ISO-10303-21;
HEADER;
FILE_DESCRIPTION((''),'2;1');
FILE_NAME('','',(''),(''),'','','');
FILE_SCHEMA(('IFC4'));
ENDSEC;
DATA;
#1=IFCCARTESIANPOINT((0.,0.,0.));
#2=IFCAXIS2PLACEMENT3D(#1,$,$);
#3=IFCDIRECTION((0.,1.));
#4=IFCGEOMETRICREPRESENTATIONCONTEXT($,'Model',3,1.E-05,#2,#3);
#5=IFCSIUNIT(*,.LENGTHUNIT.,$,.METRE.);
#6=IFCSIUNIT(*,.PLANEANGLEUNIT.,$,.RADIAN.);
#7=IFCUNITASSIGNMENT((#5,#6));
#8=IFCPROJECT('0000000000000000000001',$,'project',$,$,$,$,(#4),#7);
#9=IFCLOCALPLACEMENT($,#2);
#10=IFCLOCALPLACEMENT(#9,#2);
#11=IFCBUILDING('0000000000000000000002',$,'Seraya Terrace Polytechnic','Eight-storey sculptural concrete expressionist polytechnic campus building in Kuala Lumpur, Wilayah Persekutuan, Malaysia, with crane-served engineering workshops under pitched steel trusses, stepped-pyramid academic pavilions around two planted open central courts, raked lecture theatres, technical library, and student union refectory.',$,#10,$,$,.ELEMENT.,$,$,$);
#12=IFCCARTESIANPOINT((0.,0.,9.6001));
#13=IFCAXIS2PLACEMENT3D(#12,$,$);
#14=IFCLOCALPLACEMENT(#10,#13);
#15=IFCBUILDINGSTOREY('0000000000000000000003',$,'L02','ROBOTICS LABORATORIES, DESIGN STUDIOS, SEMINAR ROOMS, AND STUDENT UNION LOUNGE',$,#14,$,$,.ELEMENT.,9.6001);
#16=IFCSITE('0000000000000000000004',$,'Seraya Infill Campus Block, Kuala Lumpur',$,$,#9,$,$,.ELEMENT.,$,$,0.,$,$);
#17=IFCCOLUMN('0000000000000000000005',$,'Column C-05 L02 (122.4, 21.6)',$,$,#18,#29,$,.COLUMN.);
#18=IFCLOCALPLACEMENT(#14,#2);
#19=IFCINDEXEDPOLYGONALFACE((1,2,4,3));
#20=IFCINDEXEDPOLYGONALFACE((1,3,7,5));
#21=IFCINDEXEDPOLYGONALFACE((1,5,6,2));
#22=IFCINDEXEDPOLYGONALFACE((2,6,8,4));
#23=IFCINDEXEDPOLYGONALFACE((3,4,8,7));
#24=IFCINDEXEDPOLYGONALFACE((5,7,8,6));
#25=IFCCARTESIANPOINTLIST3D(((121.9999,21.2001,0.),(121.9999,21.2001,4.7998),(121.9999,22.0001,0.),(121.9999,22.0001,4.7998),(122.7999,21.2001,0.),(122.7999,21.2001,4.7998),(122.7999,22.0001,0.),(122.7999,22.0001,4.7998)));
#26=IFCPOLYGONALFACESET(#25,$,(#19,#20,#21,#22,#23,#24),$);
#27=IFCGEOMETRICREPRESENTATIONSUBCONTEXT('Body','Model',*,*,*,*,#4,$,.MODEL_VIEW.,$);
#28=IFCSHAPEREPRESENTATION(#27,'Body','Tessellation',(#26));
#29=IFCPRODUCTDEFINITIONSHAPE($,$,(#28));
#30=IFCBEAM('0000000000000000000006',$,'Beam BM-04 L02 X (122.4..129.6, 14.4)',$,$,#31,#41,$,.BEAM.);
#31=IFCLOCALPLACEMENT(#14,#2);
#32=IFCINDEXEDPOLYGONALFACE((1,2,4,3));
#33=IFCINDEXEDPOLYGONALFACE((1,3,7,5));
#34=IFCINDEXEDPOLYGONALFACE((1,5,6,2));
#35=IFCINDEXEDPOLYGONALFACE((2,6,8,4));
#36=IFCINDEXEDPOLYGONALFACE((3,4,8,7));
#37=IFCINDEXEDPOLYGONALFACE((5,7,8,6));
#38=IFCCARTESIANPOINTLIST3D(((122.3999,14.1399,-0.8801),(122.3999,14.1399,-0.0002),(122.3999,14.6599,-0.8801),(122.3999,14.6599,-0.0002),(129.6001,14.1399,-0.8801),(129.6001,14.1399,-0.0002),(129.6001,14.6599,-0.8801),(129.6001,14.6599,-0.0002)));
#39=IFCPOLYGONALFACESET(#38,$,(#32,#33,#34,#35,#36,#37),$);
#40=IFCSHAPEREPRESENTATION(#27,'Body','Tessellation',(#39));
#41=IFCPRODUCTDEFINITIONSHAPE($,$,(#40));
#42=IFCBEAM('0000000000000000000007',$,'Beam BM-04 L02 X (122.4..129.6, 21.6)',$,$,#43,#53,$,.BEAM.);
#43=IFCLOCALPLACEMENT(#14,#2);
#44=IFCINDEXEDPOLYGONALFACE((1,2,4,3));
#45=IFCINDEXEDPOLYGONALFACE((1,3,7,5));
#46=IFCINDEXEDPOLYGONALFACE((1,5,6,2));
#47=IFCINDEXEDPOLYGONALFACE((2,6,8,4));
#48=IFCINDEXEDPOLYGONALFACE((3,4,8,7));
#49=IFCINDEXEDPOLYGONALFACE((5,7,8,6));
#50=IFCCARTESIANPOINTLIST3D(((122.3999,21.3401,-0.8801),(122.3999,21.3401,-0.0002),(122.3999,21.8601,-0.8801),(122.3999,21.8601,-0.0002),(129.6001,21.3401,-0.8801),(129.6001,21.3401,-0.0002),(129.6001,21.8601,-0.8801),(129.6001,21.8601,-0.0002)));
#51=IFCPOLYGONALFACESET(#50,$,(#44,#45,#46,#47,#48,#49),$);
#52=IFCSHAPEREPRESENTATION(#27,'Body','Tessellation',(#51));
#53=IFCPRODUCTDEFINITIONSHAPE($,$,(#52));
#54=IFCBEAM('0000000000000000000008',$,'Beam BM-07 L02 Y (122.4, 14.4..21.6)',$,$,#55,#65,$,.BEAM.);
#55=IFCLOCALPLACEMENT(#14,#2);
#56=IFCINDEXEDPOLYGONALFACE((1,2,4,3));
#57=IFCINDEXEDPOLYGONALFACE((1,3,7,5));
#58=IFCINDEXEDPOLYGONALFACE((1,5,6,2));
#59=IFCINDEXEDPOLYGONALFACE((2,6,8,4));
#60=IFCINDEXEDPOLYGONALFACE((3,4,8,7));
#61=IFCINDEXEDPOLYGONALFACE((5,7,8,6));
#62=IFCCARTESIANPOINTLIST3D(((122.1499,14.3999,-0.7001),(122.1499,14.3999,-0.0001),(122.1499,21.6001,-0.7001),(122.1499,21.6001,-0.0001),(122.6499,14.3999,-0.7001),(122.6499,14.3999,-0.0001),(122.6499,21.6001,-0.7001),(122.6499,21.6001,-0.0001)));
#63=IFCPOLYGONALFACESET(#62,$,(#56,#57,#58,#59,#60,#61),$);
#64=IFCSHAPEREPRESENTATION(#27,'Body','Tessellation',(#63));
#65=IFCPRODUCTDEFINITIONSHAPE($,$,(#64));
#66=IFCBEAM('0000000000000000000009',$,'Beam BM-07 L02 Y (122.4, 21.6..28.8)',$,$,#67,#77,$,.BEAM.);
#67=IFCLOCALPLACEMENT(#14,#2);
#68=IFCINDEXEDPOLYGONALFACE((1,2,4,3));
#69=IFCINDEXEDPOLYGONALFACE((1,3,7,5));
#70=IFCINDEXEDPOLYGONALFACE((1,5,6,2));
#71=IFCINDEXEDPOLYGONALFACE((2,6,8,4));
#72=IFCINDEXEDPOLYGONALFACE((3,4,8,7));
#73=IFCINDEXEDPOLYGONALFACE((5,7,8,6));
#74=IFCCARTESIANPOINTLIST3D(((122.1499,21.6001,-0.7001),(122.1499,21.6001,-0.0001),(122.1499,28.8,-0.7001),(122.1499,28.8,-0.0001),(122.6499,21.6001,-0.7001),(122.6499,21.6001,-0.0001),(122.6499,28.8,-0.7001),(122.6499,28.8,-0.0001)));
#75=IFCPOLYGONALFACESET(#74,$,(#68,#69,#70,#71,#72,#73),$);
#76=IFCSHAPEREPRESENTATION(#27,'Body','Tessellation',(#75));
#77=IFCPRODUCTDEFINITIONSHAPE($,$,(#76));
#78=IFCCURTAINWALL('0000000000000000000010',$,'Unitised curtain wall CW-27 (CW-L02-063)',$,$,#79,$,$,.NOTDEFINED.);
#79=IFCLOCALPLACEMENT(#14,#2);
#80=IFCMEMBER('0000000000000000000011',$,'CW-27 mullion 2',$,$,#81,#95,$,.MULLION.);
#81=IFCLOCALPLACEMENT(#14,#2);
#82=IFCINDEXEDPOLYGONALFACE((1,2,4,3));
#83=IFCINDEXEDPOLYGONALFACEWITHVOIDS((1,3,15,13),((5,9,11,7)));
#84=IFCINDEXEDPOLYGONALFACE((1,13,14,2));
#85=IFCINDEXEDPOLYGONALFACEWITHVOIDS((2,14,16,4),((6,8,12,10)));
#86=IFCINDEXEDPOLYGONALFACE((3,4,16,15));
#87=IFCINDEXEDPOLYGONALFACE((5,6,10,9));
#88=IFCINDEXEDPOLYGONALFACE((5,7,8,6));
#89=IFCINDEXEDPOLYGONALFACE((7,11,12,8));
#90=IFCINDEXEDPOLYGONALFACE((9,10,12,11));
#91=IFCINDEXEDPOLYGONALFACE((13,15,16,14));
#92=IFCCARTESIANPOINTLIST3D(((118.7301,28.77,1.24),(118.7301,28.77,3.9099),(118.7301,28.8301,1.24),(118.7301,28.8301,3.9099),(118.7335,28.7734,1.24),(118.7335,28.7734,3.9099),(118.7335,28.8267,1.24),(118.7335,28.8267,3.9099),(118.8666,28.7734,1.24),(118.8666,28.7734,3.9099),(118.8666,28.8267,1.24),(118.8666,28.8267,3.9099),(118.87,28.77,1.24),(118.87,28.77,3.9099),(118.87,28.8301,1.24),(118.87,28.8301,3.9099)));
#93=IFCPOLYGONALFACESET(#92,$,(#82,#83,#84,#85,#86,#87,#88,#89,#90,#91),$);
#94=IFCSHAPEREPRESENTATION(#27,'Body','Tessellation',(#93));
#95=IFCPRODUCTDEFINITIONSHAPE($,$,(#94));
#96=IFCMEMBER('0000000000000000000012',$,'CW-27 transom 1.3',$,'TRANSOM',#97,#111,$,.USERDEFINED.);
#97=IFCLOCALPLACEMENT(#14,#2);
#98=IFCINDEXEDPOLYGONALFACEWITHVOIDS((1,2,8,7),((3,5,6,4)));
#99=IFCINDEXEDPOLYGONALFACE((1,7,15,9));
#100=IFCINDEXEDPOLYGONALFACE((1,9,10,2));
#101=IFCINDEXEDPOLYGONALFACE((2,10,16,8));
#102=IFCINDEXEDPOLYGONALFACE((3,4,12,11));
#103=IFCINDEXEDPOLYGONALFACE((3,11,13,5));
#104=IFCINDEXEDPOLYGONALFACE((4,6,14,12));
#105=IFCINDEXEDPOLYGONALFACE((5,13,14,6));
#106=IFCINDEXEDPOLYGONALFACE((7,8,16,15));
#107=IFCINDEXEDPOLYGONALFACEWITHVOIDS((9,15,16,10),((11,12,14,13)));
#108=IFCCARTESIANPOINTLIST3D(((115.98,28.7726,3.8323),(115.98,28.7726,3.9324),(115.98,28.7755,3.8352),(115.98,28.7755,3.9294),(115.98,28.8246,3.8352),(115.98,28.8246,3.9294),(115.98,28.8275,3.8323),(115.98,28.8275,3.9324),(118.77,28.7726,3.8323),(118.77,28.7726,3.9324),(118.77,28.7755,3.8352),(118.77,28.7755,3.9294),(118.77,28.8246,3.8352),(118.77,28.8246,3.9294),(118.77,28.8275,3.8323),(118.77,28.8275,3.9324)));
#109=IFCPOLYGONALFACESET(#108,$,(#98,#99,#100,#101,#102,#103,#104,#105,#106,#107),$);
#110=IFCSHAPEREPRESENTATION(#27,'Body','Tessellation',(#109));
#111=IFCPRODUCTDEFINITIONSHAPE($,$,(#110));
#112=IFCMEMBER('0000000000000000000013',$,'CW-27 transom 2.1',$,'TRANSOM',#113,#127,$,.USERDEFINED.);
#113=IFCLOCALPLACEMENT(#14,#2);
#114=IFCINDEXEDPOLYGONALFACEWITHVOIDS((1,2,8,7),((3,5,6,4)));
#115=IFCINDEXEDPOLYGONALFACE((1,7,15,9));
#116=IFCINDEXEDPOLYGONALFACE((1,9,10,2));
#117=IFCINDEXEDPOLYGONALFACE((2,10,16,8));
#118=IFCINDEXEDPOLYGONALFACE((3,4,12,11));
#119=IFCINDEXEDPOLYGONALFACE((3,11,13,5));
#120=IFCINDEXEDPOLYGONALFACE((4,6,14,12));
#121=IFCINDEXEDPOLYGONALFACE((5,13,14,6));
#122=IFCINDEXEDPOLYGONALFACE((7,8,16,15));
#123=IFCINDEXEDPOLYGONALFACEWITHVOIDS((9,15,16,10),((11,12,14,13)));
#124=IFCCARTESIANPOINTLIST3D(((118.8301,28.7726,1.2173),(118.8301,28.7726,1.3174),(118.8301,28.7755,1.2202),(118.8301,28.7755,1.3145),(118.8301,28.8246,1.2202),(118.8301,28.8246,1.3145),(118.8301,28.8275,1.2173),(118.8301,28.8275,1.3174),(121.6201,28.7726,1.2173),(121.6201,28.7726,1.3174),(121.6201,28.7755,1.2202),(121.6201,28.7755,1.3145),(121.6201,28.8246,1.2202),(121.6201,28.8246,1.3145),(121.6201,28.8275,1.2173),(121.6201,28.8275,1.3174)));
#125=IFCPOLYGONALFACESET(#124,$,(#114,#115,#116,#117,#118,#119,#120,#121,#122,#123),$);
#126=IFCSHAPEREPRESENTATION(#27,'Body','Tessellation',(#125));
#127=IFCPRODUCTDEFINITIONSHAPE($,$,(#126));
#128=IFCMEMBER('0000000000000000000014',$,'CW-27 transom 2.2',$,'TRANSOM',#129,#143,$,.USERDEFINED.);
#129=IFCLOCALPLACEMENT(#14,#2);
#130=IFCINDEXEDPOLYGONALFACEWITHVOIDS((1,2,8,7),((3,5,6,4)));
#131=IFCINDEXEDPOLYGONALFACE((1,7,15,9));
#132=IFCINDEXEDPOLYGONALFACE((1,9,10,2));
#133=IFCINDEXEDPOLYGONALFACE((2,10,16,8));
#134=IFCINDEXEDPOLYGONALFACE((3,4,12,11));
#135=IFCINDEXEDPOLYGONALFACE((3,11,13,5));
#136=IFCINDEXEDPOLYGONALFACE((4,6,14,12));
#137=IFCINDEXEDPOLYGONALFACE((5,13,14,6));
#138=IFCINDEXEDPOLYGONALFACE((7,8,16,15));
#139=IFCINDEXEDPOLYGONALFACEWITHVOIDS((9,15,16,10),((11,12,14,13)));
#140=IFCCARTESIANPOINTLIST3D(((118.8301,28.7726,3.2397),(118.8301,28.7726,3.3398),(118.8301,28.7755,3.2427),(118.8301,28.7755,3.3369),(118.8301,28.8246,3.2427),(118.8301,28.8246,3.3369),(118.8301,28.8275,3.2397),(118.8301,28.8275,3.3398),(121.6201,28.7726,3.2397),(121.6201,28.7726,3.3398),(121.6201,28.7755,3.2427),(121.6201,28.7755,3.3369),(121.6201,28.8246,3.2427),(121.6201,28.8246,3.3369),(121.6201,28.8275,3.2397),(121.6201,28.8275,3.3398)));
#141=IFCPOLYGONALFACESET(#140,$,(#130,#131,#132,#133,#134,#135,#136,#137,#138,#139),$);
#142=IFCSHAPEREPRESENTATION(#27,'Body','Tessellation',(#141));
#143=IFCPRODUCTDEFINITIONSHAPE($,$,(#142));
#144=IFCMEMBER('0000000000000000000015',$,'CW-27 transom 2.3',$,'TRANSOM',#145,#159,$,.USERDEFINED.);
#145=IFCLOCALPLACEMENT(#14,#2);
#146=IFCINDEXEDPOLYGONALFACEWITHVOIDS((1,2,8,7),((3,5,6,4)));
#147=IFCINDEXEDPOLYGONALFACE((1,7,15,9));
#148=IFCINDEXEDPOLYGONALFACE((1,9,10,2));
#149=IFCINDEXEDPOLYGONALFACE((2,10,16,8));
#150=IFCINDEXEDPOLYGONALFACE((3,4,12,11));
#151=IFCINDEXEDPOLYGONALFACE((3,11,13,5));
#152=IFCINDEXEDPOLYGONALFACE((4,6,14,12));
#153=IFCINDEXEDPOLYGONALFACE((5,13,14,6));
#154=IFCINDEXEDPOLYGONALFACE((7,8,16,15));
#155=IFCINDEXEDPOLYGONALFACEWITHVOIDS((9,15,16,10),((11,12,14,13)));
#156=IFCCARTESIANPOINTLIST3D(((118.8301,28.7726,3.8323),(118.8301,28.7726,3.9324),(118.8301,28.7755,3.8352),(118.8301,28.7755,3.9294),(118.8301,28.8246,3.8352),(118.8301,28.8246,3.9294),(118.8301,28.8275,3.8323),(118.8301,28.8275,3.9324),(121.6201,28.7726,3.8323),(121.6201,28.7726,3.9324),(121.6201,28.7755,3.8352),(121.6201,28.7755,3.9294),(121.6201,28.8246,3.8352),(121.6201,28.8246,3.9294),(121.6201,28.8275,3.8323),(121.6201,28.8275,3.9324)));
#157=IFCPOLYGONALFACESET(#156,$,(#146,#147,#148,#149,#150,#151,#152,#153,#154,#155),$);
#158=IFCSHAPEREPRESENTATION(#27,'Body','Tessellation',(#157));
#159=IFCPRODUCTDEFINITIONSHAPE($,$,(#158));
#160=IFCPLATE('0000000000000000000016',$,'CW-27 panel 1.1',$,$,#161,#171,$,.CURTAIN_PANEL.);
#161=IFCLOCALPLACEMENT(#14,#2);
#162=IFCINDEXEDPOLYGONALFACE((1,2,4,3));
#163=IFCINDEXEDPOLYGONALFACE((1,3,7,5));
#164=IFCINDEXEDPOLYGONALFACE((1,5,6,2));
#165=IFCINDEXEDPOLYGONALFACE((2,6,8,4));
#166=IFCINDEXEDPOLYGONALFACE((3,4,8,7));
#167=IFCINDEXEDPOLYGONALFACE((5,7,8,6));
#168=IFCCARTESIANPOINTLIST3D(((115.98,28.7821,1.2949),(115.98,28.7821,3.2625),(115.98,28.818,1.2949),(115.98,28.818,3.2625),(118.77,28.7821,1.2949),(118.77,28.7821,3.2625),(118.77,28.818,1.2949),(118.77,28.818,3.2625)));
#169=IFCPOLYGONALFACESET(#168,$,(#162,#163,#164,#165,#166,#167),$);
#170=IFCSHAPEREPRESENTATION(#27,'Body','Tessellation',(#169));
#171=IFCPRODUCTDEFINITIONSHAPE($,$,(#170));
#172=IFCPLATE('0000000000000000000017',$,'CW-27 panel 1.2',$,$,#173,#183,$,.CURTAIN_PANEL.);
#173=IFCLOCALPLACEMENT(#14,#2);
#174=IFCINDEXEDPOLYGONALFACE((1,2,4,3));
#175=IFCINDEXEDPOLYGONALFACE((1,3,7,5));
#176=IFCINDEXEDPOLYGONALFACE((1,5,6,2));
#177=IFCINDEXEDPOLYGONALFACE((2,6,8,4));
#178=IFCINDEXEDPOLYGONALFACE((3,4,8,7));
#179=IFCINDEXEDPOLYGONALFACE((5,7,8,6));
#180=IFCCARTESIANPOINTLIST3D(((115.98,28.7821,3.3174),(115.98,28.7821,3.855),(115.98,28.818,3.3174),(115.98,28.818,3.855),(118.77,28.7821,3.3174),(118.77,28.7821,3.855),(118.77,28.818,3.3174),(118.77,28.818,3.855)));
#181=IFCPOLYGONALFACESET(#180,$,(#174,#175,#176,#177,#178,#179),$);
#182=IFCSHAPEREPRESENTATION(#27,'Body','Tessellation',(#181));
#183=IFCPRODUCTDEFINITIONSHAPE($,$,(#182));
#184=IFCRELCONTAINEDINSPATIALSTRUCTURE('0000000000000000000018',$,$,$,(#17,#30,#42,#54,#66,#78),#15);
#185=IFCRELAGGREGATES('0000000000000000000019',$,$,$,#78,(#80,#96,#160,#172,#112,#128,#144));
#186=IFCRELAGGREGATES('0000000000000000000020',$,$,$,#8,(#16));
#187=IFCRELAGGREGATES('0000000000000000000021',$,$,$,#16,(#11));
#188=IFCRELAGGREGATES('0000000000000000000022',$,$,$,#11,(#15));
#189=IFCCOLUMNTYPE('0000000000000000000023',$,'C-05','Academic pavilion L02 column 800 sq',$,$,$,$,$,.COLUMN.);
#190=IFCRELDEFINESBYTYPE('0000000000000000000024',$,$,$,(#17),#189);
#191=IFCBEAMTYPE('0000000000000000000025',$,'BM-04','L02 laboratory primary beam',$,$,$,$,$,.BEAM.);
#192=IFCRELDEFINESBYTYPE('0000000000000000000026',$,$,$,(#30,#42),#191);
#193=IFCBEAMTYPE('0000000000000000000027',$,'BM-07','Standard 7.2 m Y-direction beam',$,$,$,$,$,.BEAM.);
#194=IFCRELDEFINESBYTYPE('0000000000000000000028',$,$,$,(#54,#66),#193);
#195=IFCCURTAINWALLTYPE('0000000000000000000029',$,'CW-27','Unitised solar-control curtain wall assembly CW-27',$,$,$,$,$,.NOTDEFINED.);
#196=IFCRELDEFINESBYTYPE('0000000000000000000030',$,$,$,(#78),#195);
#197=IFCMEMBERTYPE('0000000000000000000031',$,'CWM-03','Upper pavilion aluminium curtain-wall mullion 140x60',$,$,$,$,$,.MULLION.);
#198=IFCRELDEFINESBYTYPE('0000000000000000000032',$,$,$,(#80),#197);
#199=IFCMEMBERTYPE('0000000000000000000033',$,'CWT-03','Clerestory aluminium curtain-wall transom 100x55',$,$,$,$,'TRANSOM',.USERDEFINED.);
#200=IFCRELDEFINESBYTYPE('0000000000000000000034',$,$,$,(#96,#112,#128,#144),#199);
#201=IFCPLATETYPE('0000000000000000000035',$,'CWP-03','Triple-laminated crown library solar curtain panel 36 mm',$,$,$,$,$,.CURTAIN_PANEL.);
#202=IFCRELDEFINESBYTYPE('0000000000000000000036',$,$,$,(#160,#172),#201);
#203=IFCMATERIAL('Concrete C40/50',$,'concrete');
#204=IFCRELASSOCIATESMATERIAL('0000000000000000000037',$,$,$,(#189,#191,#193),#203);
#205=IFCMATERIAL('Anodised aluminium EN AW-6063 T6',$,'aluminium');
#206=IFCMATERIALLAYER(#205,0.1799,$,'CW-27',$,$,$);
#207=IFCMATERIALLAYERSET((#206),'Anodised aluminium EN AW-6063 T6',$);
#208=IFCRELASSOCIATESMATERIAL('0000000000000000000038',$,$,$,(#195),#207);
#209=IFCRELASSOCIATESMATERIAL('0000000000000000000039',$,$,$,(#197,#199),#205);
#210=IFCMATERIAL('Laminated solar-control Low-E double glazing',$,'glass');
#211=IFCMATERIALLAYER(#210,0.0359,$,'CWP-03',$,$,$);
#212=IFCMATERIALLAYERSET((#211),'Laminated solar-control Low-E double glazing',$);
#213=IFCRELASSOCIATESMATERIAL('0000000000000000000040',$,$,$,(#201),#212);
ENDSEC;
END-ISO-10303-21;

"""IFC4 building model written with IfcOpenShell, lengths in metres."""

from ifc_helpers import new_model, si_unit, direction, frame, origin, origin_2d, place, context, subcontext, project, spatial, rectangle, hollow_rectangle, extrude, material, layer, layer_set, material_profile, profile_set, type_object, element, aggregate, save


model = new_model("IFC4")

# Units and contexts
model_context = context("Model", 3, precision=1e-05, world=origin(), true_north=direction((0.0, 1.0)))
body_context = subcontext(model_context, "Body", "Model", "MODEL_VIEW")
ifc_project = project(units=[si_unit("LENGTHUNIT", "METRE"), si_unit("PLANEANGLEUNIT", "RADIAN")], contexts=[model_context])

# Site, building, storey
site_placement = place(None, origin())
site = spatial("IfcSite", under=ifc_project, at=site_placement, Name="Seraya Infill Campus Block, Kuala Lumpur", CompositionType="ELEMENT", RefElevation=0.0)
building_placement = place(site_placement, origin())
building = spatial("IfcBuilding", under=site, at=building_placement, Name="Seraya Terrace Polytechnic", Description="Eight-storey sculptural concrete expressionist polytechnic campus building in Kuala Lumpur, Wilayah Persekutuan, Malaysia, with crane-served engineering workshops under pitched steel trusses, stepped-pyramid academic pavilions around two planted open central courts, raked lecture theatres, technical library, and student union refectory.", CompositionType="ELEMENT")
storey_placement = place(building_placement, frame((0.0, 0.0, 9.6001)))
storey = spatial("IfcBuildingStorey", under=building, at=storey_placement, Name="L02", Description="ROBOTICS LABORATORIES, DESIGN STUDIOS, SEMINAR ROOMS, AND STUDENT UNION LOUNGE", CompositionType="ELEMENT", Elevation=9.6001)

# Column
ifc_material_1 = material(Name="Concrete C40/50", Category="concrete")
ifc_material_profile_1 = material_profile(ifc_material_1, rectangle(XDim=0.8, YDim=0.8, at=origin_2d()), Name="RC 800x800")
ifc_profile_set_1 = profile_set([ifc_material_profile_1], Name="Concrete C40/50")
column_type = type_object("IfcColumnType", Name="C-05", Description="Academic pavilion L02 column 800 sq", PredefinedType="COLUMN", material=ifc_profile_set_1)
column_placement = place(storey_placement, frame((122.3999, 21.6001, 0.0), z_axis=(0.0, 0.0, 1.0), x_axis=(1.0, 0.0, 0.0)))
element("IfcColumn", 1, at=column_placement, inside=storey, type_object=column_type, Name="Column C-05 L02 (122.4, 21.6)", PredefinedType="COLUMN", context=body_context, shape_type="SweptSolid", body=[
    extrude(rectangle(XDim=0.8, YDim=0.8, at=origin_2d()), origin(), (0.0, 0.0, 1.0), 4.7998),
])

# Beams
ifc_material_profile_2 = material_profile(ifc_material_1, rectangle(XDim=0.52, YDim=0.8799, at=origin_2d()), Name="RC 520x880")
ifc_profile_set_2 = profile_set([ifc_material_profile_2], Name="Concrete C40/50")
beam_type_1 = type_object("IfcBeamType", Name="BM-04", Description="L02 laboratory primary beam", PredefinedType="BEAM", material=ifc_profile_set_2)
for number, where, z_axis, x_axis, name in (
    (2, (122.3999, 14.3999, -0.4402), (1.0, 0.0, 0.0), (0.0, 1.0, 0.0), "Beam BM-04 L02 X (122.4..129.6, 14.4)"),
    (3, (122.3999, 21.6001, -0.4402), (1.0, 0.0, 0.0), (0.0, 1.0, 0.0), "Beam BM-04 L02 X (122.4..129.6, 21.6)"),
):
    element("IfcBeam", number, at=place(storey_placement, frame(where, z_axis=z_axis, x_axis=x_axis)), inside=storey, type_object=beam_type_1, Name=name, PredefinedType="BEAM", context=body_context, shape_type="SweptSolid", body=[
        extrude(rectangle(XDim=0.52, YDim=0.8799, at=origin_2d()), origin(), (0.0, 0.0, 1.0), 7.2002),
    ])
ifc_material_profile_3 = material_profile(ifc_material_1, rectangle(XDim=0.5, YDim=0.7, at=origin_2d()), Name="RC 500x700")
ifc_profile_set_3 = profile_set([ifc_material_profile_3], Name="Concrete C40/50")
beam_type_2 = type_object("IfcBeamType", Name="BM-07", Description="Standard 7.2 m Y-direction beam", PredefinedType="BEAM", material=ifc_profile_set_3)
beam_1_placement = place(storey_placement, frame((122.3999, 14.3999, -0.3501), z_axis=(0.0, 1.0, 0.0), x_axis=(-1.0, 0.0, 0.0)))
element("IfcBeam", 4, at=beam_1_placement, inside=storey, type_object=beam_type_2, Name="Beam BM-07 L02 Y (122.4, 14.4..21.6)", PredefinedType="BEAM", context=body_context, shape_type="SweptSolid", body=[
    extrude(rectangle(XDim=0.5, YDim=0.7, at=origin_2d()), origin(), (0.0, 0.0, 1.0), 7.2002),
])
beam_2_placement = place(storey_placement, frame((122.3999, 21.6001, -0.3501), z_axis=(0.0, 1.0, 0.0), x_axis=(-1.0, 0.0, 0.0)))
element("IfcBeam", 5, at=beam_2_placement, inside=storey, type_object=beam_type_2, Name="Beam BM-07 L02 Y (122.4, 21.6..28.8)", PredefinedType="BEAM", context=body_context, shape_type="SweptSolid", body=[
    extrude(rectangle(XDim=0.5, YDim=0.7, at=origin_2d()), origin(), (0.0, 0.0, 1.0), 7.2),
])

# Curtain wall, members, plates
ifc_material_2 = material(Name="Anodised aluminium EN AW-6063 T6", Category="aluminium")
ifc_layer_1 = layer(ifc_material_2, 0.1799, Name="CW-27")
ifc_layer_set_1 = layer_set([ifc_layer_1], Name="Anodised aluminium EN AW-6063 T6")
curtain_wall_type = type_object("IfcCurtainWallType", Name="CW-27", Description="Unitised solar-control curtain wall assembly CW-27", PredefinedType="NOTDEFINED", material=ifc_layer_set_1)
curtain_wall_placement = place(storey_placement, origin())
curtain_wall = element("IfcCurtainWall", 6, at=curtain_wall_placement, inside=storey, type_object=curtain_wall_type, Name="Unitised curtain wall CW-27 (CW-L02-063)", PredefinedType="NOTDEFINED")
ifc_material_profile_4 = material_profile(ifc_material_2, hollow_rectangle(XDim=0.0601, YDim=0.1399, WallThickness=0.0034, at=origin_2d()), Name="RHS 140x60x3.5")
ifc_profile_set_4 = profile_set([ifc_material_profile_4], Name="Anodised aluminium EN AW-6063 T6")
member_type_1 = type_object("IfcMemberType", Name="CWM-03", Description="Upper pavilion aluminium curtain-wall mullion 140x60", PredefinedType="MULLION", material=ifc_profile_set_4)
member_1_placement = place(storey_placement, frame((118.8, 28.8, 1.24), z_axis=(0.0, 0.0, 1.0), x_axis=(0.0, 1.0, 0.0)))
member_1 = element("IfcMember", 7, at=member_1_placement, type_object=member_type_1, Name="CW-27 mullion 2", PredefinedType="MULLION", context=body_context, shape_type="SweptSolid", body=[
    extrude(hollow_rectangle(XDim=0.0601, YDim=0.1399, WallThickness=0.0034, at=origin_2d()), origin(), (0.0, 0.0, 1.0), 2.6699),
])
ifc_material_profile_5 = material_profile(ifc_material_2, hollow_rectangle(XDim=0.0549, YDim=0.1001, WallThickness=0.0029, at=origin_2d()), Name="RHS 100x55x3.0")
ifc_profile_set_5 = profile_set([ifc_material_profile_5], Name="Anodised aluminium EN AW-6063 T6")
member_type_2 = type_object("IfcMemberType", Name="CWT-03", Description="Clerestory aluminium curtain-wall transom 100x55", ElementType="TRANSOM", PredefinedType="USERDEFINED", material=ifc_profile_set_5)
member_2_placement = place(storey_placement, frame((115.98, 28.8, 3.8823), z_axis=(1.0, 0.0, 0.0), x_axis=(0.0, 1.0, 0.0)))
member_2 = element("IfcMember", 8, at=member_2_placement, type_object=member_type_2, Name="CW-27 transom 1.3", ObjectType="TRANSOM", PredefinedType="USERDEFINED", context=body_context, shape_type="SweptSolid", body=[
    extrude(hollow_rectangle(XDim=0.0549, YDim=0.1001, WallThickness=0.0029, at=origin_2d()), origin(), (0.0, 0.0, 1.0), 2.79),
])
member_3_placement = place(storey_placement, frame((118.8301, 28.8, 1.2673), z_axis=(1.0, 0.0, 0.0), x_axis=(0.0, 1.0, 0.0)))
member_3 = element("IfcMember", 9, at=member_3_placement, type_object=member_type_2, Name="CW-27 transom 2.1", ObjectType="TRANSOM", PredefinedType="USERDEFINED", context=body_context, shape_type="SweptSolid", body=[
    extrude(hollow_rectangle(XDim=0.0549, YDim=0.1001, WallThickness=0.0029, at=origin_2d()), origin(), (0.0, 0.0, 1.0), 2.79),
])
member_4_placement = place(storey_placement, frame((118.8301, 28.8, 3.2898), z_axis=(1.0, 0.0, 0.0), x_axis=(0.0, 1.0, 0.0)))
member_4 = element("IfcMember", 10, at=member_4_placement, type_object=member_type_2, Name="CW-27 transom 2.2", ObjectType="TRANSOM", PredefinedType="USERDEFINED", context=body_context, shape_type="SweptSolid", body=[
    extrude(hollow_rectangle(XDim=0.0549, YDim=0.1001, WallThickness=0.0029, at=origin_2d()), origin(), (0.0, 0.0, 1.0), 2.79),
])
member_5_placement = place(storey_placement, frame((118.8301, 28.8, 3.8823), z_axis=(1.0, 0.0, 0.0), x_axis=(0.0, 1.0, 0.0)))
member_5 = element("IfcMember", 11, at=member_5_placement, type_object=member_type_2, Name="CW-27 transom 2.3", ObjectType="TRANSOM", PredefinedType="USERDEFINED", context=body_context, shape_type="SweptSolid", body=[
    extrude(hollow_rectangle(XDim=0.0549, YDim=0.1001, WallThickness=0.0029, at=origin_2d()), origin(), (0.0, 0.0, 1.0), 2.79),
])
ifc_material_3 = material(Name="Laminated solar-control Low-E double glazing", Category="glass")
ifc_layer_2 = layer(ifc_material_3, 0.0359, Name="CWP-03")
ifc_layer_set_2 = layer_set([ifc_layer_2], Name="Laminated solar-control Low-E double glazing")
plate_type = type_object("IfcPlateType", Name="CWP-03", Description="Triple-laminated crown library solar curtain panel 36 mm", PredefinedType="CURTAIN_PANEL", material=ifc_layer_set_2)
plate_1_placement = place(storey_placement, frame((117.375, 28.8, 1.2949), z_axis=(0.0, 0.0, 1.0), x_axis=(1.0, 0.0, 0.0)))
plate_1 = element("IfcPlate", 12, at=plate_1_placement, type_object=plate_type, Name="CW-27 panel 1.1", PredefinedType="CURTAIN_PANEL", context=body_context, shape_type="SweptSolid", body=[
    extrude(rectangle(XDim=2.79, YDim=0.0359, at=origin_2d()), origin(), (0.0, 0.0, 1.0), 1.9675),
])
plate_2_placement = place(storey_placement, frame((117.375, 28.8, 3.3174), z_axis=(0.0, 0.0, 1.0), x_axis=(1.0, 0.0, 0.0)))
plate_2 = element("IfcPlate", 13, at=plate_2_placement, type_object=plate_type, Name="CW-27 panel 1.2", PredefinedType="CURTAIN_PANEL", context=body_context, shape_type="SweptSolid", body=[
    extrude(rectangle(XDim=2.79, YDim=0.0359, at=origin_2d()), origin(), (0.0, 0.0, 1.0), 0.5376),
])
aggregate(curtain_wall, [member_1, member_2, plate_1, plate_2, member_3, member_4, member_5])

save(model, "model.ifc")
